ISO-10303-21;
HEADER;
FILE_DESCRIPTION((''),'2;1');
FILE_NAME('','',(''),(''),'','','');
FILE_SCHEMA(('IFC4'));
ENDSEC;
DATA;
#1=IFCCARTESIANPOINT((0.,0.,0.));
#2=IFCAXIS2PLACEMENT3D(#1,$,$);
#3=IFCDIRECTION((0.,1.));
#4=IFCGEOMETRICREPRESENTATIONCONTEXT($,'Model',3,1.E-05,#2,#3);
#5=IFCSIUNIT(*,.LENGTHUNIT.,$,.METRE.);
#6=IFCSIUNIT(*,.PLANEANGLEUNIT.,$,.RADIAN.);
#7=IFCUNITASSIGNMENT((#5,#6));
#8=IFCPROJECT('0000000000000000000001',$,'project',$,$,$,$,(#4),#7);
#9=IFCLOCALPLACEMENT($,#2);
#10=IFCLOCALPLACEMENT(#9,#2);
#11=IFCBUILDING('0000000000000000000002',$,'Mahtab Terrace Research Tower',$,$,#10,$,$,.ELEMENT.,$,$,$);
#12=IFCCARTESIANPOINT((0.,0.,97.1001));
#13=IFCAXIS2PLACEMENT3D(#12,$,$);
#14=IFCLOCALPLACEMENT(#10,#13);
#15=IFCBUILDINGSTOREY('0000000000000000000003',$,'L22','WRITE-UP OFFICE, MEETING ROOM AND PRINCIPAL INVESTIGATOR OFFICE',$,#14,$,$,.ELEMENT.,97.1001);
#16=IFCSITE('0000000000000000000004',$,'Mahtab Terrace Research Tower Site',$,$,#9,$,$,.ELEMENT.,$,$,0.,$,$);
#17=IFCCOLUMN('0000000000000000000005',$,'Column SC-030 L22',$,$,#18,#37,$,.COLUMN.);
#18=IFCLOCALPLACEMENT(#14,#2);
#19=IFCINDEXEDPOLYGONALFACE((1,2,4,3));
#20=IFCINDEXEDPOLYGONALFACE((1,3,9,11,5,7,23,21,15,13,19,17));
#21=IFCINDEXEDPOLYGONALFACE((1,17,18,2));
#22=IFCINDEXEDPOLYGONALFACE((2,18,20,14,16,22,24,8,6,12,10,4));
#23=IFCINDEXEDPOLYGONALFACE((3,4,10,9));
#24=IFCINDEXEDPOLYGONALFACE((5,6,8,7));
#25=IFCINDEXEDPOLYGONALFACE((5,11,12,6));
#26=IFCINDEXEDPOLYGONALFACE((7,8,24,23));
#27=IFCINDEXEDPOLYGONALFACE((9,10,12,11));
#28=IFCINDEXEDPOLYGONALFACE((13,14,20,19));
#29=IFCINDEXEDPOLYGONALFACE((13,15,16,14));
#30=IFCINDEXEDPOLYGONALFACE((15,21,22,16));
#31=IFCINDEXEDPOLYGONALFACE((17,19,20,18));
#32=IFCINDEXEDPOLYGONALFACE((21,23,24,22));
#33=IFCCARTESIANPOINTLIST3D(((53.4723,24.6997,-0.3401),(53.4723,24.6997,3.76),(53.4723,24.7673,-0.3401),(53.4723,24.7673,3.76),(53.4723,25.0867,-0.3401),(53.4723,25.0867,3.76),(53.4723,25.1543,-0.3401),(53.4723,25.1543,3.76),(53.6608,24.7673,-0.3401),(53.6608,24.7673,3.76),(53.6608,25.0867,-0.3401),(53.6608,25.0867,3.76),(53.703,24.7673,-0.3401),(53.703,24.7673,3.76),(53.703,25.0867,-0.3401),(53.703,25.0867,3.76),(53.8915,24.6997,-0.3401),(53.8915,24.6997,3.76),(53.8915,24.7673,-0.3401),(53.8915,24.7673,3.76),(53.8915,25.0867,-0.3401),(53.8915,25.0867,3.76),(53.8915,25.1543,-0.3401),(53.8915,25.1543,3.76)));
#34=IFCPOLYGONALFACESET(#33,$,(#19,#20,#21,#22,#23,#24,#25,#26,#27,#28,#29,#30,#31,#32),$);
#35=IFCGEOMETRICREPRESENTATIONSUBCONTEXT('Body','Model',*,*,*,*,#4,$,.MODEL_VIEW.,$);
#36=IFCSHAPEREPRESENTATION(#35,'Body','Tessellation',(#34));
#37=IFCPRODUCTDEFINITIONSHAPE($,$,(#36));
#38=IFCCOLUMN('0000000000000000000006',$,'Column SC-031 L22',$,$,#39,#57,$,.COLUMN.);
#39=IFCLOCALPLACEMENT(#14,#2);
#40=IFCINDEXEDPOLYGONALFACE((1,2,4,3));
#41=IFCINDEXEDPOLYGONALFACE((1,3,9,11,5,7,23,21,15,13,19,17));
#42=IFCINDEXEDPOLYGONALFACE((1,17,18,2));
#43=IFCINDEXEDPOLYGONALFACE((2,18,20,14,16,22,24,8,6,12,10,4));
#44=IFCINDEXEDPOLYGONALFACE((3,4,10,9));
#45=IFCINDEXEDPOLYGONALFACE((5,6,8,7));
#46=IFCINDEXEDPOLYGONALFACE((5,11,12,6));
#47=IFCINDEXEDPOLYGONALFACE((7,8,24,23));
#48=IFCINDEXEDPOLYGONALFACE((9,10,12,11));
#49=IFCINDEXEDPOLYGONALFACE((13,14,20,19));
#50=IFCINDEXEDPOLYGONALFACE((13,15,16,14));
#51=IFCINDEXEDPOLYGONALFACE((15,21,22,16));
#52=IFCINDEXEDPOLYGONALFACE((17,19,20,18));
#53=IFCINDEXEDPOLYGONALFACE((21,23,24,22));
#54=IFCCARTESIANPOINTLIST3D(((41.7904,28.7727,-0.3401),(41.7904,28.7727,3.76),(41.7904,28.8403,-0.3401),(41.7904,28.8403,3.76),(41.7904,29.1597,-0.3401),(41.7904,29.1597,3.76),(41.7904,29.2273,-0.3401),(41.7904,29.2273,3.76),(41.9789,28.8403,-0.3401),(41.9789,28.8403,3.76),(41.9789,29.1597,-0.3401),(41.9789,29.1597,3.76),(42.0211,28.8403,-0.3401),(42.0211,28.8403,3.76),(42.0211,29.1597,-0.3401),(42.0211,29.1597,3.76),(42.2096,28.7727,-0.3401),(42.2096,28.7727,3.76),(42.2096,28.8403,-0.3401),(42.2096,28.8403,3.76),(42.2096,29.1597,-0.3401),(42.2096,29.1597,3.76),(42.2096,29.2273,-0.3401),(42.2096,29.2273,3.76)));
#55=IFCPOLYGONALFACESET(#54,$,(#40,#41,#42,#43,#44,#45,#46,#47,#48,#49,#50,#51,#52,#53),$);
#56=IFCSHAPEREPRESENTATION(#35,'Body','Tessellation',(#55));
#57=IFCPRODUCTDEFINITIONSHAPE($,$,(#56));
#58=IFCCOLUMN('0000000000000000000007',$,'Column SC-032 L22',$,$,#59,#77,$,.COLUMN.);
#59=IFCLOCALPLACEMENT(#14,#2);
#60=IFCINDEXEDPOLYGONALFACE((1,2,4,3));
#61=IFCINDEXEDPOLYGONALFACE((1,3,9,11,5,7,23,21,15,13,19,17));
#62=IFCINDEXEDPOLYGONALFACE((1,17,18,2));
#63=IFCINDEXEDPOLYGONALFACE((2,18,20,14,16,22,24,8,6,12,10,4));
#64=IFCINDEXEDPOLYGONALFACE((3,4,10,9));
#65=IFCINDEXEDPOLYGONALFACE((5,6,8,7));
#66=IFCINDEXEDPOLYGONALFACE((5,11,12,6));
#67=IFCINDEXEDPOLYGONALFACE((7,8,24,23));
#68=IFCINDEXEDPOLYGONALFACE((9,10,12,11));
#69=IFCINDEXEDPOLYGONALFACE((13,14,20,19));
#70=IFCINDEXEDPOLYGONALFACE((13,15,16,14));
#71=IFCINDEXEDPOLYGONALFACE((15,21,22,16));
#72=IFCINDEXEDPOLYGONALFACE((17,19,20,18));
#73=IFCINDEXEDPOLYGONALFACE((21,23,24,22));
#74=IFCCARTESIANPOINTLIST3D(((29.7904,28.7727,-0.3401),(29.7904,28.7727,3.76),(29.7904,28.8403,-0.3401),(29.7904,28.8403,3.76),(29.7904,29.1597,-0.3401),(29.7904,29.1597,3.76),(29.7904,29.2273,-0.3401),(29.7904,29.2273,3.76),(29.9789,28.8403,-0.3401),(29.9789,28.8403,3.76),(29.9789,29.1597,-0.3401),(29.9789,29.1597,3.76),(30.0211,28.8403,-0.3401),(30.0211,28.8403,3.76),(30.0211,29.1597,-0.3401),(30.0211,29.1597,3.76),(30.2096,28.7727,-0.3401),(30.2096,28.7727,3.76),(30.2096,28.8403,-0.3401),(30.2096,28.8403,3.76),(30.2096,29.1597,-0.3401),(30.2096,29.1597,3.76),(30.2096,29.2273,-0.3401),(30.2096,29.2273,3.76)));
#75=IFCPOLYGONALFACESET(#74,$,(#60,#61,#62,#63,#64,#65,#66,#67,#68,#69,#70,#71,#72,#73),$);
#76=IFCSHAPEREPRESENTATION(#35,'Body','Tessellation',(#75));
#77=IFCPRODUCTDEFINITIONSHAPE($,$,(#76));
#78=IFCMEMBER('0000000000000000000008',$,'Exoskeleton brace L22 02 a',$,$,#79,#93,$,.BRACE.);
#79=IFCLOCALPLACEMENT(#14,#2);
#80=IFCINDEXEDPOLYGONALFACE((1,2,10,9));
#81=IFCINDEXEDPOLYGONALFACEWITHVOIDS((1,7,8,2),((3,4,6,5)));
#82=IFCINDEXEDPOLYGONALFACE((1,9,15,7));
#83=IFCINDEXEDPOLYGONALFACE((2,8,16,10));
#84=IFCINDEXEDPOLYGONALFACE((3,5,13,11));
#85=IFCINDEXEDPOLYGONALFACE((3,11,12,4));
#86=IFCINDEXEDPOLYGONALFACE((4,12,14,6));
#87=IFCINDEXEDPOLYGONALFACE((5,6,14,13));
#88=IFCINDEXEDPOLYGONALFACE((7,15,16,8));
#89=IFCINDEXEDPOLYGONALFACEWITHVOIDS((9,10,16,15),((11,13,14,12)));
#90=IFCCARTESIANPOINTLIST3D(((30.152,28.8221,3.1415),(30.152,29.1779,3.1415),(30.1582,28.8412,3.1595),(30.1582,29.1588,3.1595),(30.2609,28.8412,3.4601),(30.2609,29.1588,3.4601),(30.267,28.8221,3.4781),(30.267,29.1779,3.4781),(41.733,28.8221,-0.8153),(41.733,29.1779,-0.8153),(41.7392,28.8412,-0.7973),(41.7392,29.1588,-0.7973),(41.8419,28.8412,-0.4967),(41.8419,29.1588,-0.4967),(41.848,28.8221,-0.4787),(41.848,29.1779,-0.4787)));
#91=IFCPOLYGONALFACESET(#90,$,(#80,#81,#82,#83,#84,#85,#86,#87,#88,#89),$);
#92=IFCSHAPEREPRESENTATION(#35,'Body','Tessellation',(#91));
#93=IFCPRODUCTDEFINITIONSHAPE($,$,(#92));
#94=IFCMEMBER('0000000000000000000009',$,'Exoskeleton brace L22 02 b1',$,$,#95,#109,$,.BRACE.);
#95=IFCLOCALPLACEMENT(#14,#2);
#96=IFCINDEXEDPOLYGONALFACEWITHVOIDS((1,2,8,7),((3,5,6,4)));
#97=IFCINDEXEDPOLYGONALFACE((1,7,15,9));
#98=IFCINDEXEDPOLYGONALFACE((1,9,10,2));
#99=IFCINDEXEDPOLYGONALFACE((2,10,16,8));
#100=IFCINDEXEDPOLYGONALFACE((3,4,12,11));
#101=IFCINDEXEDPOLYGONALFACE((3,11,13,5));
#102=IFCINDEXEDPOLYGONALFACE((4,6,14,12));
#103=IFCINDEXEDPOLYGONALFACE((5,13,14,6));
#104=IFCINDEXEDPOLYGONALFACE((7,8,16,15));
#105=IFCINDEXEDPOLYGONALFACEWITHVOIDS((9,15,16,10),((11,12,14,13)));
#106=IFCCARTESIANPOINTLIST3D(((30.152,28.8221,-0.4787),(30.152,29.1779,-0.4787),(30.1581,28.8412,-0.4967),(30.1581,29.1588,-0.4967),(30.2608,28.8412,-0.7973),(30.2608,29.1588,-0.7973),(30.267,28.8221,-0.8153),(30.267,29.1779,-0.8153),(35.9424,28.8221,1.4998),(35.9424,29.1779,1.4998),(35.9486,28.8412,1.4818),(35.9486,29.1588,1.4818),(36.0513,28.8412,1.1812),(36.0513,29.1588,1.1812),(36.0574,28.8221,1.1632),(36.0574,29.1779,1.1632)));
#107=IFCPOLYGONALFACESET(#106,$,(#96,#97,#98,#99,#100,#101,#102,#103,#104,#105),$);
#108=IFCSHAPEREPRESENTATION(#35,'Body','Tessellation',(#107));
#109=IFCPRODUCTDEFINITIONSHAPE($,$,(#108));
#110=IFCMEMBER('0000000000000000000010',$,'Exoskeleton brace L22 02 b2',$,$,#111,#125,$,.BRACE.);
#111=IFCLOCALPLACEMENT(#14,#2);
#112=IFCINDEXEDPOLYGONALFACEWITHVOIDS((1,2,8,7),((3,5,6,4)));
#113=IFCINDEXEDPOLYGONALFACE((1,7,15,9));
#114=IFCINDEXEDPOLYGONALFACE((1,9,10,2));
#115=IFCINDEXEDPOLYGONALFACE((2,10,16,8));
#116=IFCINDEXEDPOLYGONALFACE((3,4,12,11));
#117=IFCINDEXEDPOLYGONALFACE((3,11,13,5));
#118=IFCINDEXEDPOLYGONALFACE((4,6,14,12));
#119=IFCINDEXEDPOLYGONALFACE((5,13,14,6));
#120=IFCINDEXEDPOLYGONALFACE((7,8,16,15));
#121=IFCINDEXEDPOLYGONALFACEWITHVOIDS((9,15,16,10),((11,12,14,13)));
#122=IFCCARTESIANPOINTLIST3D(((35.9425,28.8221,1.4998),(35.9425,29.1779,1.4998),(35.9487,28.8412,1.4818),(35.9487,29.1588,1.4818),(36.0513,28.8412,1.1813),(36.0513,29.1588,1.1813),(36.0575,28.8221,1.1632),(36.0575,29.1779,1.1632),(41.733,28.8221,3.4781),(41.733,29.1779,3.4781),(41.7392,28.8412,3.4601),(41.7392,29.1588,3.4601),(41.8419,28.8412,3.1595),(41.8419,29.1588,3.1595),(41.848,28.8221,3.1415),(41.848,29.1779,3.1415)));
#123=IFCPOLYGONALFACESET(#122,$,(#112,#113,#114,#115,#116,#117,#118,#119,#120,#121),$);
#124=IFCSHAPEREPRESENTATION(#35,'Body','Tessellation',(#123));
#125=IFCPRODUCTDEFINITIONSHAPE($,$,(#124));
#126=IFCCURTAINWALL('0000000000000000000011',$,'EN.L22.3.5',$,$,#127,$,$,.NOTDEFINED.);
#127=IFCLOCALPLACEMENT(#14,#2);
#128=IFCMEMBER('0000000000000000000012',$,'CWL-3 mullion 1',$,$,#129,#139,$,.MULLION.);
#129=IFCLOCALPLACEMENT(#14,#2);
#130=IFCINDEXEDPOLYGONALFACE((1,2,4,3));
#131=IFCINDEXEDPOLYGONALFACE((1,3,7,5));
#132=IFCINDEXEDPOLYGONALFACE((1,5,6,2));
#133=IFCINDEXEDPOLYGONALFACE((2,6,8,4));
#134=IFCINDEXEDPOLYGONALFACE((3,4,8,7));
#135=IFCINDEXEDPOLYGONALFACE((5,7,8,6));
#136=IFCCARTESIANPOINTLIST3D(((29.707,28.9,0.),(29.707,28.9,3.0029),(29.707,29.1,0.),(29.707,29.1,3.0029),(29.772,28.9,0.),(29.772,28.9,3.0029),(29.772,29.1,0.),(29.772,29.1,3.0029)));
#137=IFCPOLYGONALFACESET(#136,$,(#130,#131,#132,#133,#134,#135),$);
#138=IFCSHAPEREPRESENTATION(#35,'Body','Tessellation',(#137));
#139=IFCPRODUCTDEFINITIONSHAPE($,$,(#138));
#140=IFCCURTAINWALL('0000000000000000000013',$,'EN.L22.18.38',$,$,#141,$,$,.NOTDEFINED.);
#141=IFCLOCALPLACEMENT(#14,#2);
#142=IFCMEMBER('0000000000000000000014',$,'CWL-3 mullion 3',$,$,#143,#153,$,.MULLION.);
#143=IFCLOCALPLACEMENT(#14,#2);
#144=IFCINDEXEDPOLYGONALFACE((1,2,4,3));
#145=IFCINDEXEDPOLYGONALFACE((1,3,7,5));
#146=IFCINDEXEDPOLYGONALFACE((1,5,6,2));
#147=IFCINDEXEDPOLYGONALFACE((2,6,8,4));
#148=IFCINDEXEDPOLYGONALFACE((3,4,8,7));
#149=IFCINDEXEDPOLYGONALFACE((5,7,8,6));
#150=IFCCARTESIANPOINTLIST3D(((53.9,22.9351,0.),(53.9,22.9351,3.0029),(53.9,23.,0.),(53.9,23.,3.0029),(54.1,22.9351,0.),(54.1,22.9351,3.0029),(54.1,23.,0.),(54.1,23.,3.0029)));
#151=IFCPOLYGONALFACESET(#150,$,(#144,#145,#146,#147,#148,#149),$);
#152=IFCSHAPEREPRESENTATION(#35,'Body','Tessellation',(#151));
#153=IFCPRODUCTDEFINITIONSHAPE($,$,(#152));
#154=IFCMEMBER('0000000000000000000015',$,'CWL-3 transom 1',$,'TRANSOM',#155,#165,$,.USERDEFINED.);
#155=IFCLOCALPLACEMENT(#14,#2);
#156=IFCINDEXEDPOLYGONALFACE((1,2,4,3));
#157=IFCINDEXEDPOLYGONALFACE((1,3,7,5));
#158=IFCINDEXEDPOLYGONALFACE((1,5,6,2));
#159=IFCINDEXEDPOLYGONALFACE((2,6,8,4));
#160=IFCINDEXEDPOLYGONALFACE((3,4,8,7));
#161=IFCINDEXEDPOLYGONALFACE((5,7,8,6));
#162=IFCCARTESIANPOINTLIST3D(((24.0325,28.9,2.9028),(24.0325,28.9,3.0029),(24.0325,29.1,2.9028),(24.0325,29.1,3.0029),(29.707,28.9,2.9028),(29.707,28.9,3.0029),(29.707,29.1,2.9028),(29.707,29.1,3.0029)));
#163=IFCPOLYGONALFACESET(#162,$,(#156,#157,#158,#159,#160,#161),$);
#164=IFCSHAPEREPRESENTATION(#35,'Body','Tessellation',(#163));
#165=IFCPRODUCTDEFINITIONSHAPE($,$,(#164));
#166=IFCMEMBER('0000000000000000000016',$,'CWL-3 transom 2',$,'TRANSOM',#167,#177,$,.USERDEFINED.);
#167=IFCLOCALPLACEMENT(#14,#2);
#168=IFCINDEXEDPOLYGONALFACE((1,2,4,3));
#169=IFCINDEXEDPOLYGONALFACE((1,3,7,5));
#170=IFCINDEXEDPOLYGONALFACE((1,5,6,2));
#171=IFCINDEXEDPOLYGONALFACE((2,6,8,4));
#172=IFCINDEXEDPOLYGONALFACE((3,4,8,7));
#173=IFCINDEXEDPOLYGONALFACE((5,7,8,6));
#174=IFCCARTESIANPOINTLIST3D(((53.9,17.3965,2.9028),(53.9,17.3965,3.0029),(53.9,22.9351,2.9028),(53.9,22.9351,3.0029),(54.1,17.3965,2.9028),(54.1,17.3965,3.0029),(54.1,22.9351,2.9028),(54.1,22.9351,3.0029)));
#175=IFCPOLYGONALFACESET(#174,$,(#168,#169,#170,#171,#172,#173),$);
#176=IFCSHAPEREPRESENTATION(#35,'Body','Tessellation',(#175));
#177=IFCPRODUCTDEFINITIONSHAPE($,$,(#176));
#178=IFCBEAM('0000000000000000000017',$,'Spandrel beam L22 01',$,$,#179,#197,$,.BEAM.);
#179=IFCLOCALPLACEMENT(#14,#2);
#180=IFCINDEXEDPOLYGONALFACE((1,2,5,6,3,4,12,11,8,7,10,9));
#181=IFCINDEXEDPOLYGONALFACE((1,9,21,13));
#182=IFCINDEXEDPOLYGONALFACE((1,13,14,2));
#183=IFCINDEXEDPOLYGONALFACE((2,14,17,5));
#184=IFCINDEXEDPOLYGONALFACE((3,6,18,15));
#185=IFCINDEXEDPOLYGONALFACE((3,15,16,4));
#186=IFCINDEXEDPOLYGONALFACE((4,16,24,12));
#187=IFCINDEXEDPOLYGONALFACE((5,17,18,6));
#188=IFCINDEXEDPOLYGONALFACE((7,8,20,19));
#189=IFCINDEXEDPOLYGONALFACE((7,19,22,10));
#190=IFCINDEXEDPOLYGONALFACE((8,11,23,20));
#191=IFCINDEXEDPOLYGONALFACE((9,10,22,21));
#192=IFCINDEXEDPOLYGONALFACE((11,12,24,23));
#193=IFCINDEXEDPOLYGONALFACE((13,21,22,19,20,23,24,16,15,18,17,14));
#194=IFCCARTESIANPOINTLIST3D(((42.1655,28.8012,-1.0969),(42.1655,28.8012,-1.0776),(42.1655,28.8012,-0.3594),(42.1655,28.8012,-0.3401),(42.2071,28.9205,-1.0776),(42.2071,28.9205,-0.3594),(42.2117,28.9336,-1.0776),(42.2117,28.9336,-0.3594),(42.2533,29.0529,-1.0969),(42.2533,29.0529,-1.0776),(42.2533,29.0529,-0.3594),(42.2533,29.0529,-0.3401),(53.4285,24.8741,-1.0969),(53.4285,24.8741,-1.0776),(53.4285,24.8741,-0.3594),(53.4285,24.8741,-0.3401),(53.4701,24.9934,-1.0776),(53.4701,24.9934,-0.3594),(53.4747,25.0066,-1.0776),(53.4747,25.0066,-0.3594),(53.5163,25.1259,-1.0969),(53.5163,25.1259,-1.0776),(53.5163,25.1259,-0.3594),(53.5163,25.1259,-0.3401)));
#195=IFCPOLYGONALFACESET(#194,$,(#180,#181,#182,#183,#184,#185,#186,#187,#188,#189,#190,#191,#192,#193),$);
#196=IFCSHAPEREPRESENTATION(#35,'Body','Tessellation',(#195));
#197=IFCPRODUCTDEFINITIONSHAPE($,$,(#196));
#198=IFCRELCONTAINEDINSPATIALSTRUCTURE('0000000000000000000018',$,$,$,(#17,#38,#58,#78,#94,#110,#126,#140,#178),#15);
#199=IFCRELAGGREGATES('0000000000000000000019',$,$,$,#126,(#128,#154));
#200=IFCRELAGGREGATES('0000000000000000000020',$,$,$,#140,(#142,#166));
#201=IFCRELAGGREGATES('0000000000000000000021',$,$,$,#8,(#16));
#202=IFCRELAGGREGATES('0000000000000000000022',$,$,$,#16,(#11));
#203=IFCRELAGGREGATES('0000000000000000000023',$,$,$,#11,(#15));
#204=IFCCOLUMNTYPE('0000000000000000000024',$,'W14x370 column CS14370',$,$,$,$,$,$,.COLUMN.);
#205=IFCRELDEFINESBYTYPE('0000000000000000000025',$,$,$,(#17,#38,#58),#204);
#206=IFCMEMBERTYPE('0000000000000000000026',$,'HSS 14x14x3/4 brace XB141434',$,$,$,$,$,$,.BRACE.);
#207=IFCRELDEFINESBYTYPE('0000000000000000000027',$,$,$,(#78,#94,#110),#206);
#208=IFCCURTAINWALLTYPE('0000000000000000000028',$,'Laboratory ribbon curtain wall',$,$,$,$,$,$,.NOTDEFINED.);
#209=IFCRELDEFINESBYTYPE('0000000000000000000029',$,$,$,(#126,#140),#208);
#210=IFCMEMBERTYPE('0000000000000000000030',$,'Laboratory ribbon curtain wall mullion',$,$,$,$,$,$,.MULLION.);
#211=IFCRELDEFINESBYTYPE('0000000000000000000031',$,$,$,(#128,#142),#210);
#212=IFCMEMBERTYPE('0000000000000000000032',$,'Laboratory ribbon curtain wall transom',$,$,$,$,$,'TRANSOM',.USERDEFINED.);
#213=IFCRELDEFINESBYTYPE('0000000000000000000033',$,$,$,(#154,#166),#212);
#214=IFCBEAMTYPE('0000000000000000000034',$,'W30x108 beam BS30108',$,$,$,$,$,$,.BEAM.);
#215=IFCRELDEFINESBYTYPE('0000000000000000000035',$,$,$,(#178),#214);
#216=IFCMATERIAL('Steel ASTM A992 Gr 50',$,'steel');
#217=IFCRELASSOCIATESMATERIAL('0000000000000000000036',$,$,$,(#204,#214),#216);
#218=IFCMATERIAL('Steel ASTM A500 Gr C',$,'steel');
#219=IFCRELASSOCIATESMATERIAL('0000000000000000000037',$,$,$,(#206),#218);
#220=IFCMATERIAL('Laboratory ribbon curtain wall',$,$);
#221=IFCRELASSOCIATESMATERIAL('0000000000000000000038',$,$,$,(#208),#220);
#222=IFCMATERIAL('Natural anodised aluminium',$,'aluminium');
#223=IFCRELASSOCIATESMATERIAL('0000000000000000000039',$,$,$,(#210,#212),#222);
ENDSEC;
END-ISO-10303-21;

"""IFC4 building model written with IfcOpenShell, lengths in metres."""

from ifc_helpers import new_model, si_unit, direction, frame, origin, origin_2d, place, context, subcontext, project, spatial, rectangle, hollow_rectangle, i_section, extrude, material, material_profile, profile_set, type_object, element, aggregate, save


model = new_model("IFC4")

# Units and contexts
model_context = context("Model", 3, precision=1e-05, world=origin(), true_north=direction((0.0, 1.0)))
body_context = subcontext(model_context, "Body", "Model", "MODEL_VIEW")
ifc_project = project(units=[si_unit("LENGTHUNIT", "METRE"), si_unit("PLANEANGLEUNIT", "RADIAN")], contexts=[model_context])

# Site, building, storey
site_placement = place(None, origin())
site = spatial("IfcSite", under=ifc_project, at=site_placement, Name="Mahtab Terrace Research Tower Site", CompositionType="ELEMENT", RefElevation=0.0)
building_placement = place(site_placement, origin())
building = spatial("IfcBuilding", under=site, at=building_placement, Name="Mahtab Terrace Research Tower", CompositionType="ELEMENT")
storey_placement = place(building_placement, frame((0.0, 0.0, 97.1001)))
storey = spatial("IfcBuildingStorey", under=building, at=storey_placement, Name="L22", Description="WRITE-UP OFFICE, MEETING ROOM AND PRINCIPAL INVESTIGATOR OFFICE", CompositionType="ELEMENT", Elevation=97.1001)

# Columns
ifc_material_1 = material(Name="Steel ASTM A992 Gr 50", Category="steel")
ifc_material_profile_1 = material_profile(ifc_material_1, i_section(OverallWidth=0.4192, OverallDepth=0.4546, WebThickness=0.0422, FlangeThickness=0.0676, at=origin_2d()), Name="W14X370")
ifc_profile_set_1 = profile_set([ifc_material_profile_1], Name="Steel ASTM A992 Gr 50")
column_type = type_object("IfcColumnType", Name="W14x370 column CS14370", PredefinedType="COLUMN", material=ifc_profile_set_1)
for number, where, z_axis, x_axis, name in (
    (1, (53.6819, 24.927, -0.3401), (0.0, 0.0, 1.0), (1.0, 0.0, 0.0), "Column SC-030 L22"),
    (2, (42.0, 29.0, -0.3401), (0.0, 0.0, 1.0), (1.0, 0.0, 0.0), "Column SC-031 L22"),
    (3, (30.0, 29.0, -0.3401), (0.0, 0.0, 1.0), (1.0, 0.0, 0.0), "Column SC-032 L22"),
):
    element("IfcColumn", number, at=place(storey_placement, frame(where, z_axis=z_axis, x_axis=x_axis)), inside=storey, type_object=column_type, Name=name, PredefinedType="COLUMN", context=body_context, shape_type="SweptSolid", body=[
        extrude(i_section(OverallWidth=0.4192, OverallDepth=0.4546, WebThickness=0.0422, FlangeThickness=0.0676, at=origin_2d()), origin(), (0.0, 0.0, 1.0), 4.1001),
    ])

# Members
ifc_material_2 = material(Name="Steel ASTM A500 Gr C", Category="steel")
ifc_material_profile_2 = material_profile(ifc_material_2, hollow_rectangle(XDim=0.3557, YDim=0.3557, WallThickness=0.019, at=origin_2d()), Name="HSS14X14X3/4")
ifc_profile_set_2 = profile_set([ifc_material_profile_2], Name="Steel ASTM A500 Gr C")
member_type_1 = type_object("IfcMemberType", Name="HSS 14x14x3/4 brace XB141434", PredefinedType="BRACE", material=ifc_profile_set_2)
member_1_placement = place(storey_placement, frame((41.7905, 29.0, -0.647), z_axis=(-0.946293, 0.0, 0.323311), x_axis=(0.0, -1.0, 0.0)))
element("IfcMember", 4, at=member_1_placement, inside=storey, type_object=member_type_1, Name="Exoskeleton brace L22 02 a", PredefinedType="BRACE", context=body_context, shape_type="SweptSolid", body=[
    extrude(hollow_rectangle(XDim=0.3557, YDim=0.3557, WallThickness=0.019, at=origin_2d()), origin(), (0.0, 0.0, 1.0), 12.2383),
])
for number, where, z_axis, x_axis, name in (
    (5, (30.2095, 29.0, -0.647), (0.946287, 0.0, 0.323329), (0.0, 1.0, 0.0), "Exoskeleton brace L22 02 b1"),
    (6, (36.0, 29.0, 1.3315), (0.946299, 0.0, 0.323293), (0.0, 1.0, 0.0), "Exoskeleton brace L22 02 b2"),
):
    element("IfcMember", number, at=place(storey_placement, frame(where, z_axis=z_axis, x_axis=x_axis)), inside=storey, type_object=member_type_1, Name=name, PredefinedType="BRACE", context=body_context, shape_type="SweptSolid", body=[
        extrude(hollow_rectangle(XDim=0.3557, YDim=0.3557, WallThickness=0.019, at=origin_2d()), origin(), (0.0, 0.0, 1.0), 6.1191),
    ])

# Curtain walls, members
ifc_material_3 = material(Name="Laboratory ribbon curtain wall")
curtain_wall_type = type_object("IfcCurtainWallType", Name="Laboratory ribbon curtain wall", PredefinedType="NOTDEFINED", material=ifc_material_3)
curtain_wall_1_placement = place(storey_placement, origin())
curtain_wall_1 = element("IfcCurtainWall", 7, at=curtain_wall_1_placement, inside=storey, type_object=curtain_wall_type, Name="EN.L22.3.5", PredefinedType="NOTDEFINED")
ifc_material_4 = material(Name="Natural anodised aluminium", Category="aluminium")
ifc_material_profile_3 = material_profile(ifc_material_4, rectangle(XDim=0.2, YDim=0.0649, at=origin_2d()), Name="MULLION 65x200")
ifc_profile_set_3 = profile_set([ifc_material_profile_3], Name="Natural anodised aluminium")
member_type_2 = type_object("IfcMemberType", Name="Laboratory ribbon curtain wall mullion", PredefinedType="MULLION", material=ifc_profile_set_3)
member_2_placement = place(storey_placement, frame((29.7395, 29.0, 0.0), z_axis=(0.0, 0.0, 1.0), x_axis=(0.0, -1.0, 0.0)))
member_2 = element("IfcMember", 8, at=member_2_placement, type_object=member_type_2, Name="CWL-3 mullion 1", PredefinedType="MULLION", context=body_context, shape_type="SweptSolid", body=[
    extrude(rectangle(XDim=0.2, YDim=0.0649, at=origin_2d()), origin(), (0.0, 0.0, 1.0), 3.0029),
])
curtain_wall_2_placement = place(storey_placement, origin())
curtain_wall_2 = element("IfcCurtainWall", 9, at=curtain_wall_2_placement, inside=storey, type_object=curtain_wall_type, Name="EN.L22.18.38", PredefinedType="NOTDEFINED")
member_3_placement = place(storey_placement, frame((54.0, 22.9675, 0.0), z_axis=(0.0, 0.0, 1.0), x_axis=(-1.0, 0.0, 0.0)))
member_3 = element("IfcMember", 10, at=member_3_placement, type_object=member_type_2, Name="CWL-3 mullion 3", PredefinedType="MULLION", context=body_context, shape_type="SweptSolid", body=[
    extrude(rectangle(XDim=0.2, YDim=0.0649, at=origin_2d()), origin(), (0.0, 0.0, 1.0), 3.0029),
])

# Members
ifc_material_profile_4 = material_profile(ifc_material_4, rectangle(XDim=0.2, YDim=0.1001, at=origin_2d()), Name="TRANSOM 100x200")
ifc_profile_set_4 = profile_set([ifc_material_profile_4], Name="Natural anodised aluminium")
member_type_3 = type_object("IfcMemberType", Name="Laboratory ribbon curtain wall transom", ElementType="TRANSOM", PredefinedType="USERDEFINED", material=ifc_profile_set_4)
member_4_placement = place(storey_placement, frame((29.707, 29.0, 2.9529), z_axis=(-1.0, 0.0, 0.0), x_axis=(0.0, -1.0, 0.0)))
member_4 = element("IfcMember", 11, at=member_4_placement, type_object=member_type_3, Name="CWL-3 transom 1", ObjectType="TRANSOM", PredefinedType="USERDEFINED", context=body_context, shape_type="SweptSolid", body=[
    extrude(rectangle(XDim=0.2, YDim=0.1001, at=origin_2d()), origin(), (0.0, 0.0, 1.0), 5.6746),
])
aggregate(curtain_wall_1, [member_2, member_4])
member_5_placement = place(storey_placement, frame((54.0, 17.3965, 2.9529), z_axis=(0.0, 1.0, 0.0), x_axis=(-1.0, 0.0, 0.0)))
member_5 = element("IfcMember", 12, at=member_5_placement, type_object=member_type_3, Name="CWL-3 transom 2", ObjectType="TRANSOM", PredefinedType="USERDEFINED", context=body_context, shape_type="SweptSolid", body=[
    extrude(rectangle(XDim=0.2, YDim=0.1001, at=origin_2d()), origin(), (0.0, 0.0, 1.0), 5.5386),
])

# Beam
ifc_material_profile_5 = material_profile(ifc_material_1, i_section(OverallWidth=0.2666, OverallDepth=0.7568, WebThickness=0.0139, FlangeThickness=0.0193, at=origin_2d()), Name="W30X108")
ifc_profile_set_5 = profile_set([ifc_material_profile_5], Name="Steel ASTM A992 Gr 50")
beam_type = type_object("IfcBeamType", Name="W30x108 beam BS30108", PredefinedType="BEAM", material=ifc_profile_set_5)
beam_placement = place(storey_placement, frame((53.4724, 25.0, -0.7185), z_axis=(-0.944251, 0.329228, 0.0), x_axis=(-0.329228, -0.944251, 0.0)))
element("IfcBeam", 13, at=beam_placement, inside=storey, type_object=beam_type, Name="Spandrel beam L22 01", PredefinedType="BEAM", context=body_context, shape_type="SweptSolid", body=[
    extrude(i_section(OverallWidth=0.2666, OverallDepth=0.7568, WebThickness=0.0139, FlangeThickness=0.0193, at=origin_2d()), origin(), (0.0, 0.0, 1.0), 11.928),
])

aggregate(curtain_wall_2, [member_3, member_5])

save(model, "model.ifc")
